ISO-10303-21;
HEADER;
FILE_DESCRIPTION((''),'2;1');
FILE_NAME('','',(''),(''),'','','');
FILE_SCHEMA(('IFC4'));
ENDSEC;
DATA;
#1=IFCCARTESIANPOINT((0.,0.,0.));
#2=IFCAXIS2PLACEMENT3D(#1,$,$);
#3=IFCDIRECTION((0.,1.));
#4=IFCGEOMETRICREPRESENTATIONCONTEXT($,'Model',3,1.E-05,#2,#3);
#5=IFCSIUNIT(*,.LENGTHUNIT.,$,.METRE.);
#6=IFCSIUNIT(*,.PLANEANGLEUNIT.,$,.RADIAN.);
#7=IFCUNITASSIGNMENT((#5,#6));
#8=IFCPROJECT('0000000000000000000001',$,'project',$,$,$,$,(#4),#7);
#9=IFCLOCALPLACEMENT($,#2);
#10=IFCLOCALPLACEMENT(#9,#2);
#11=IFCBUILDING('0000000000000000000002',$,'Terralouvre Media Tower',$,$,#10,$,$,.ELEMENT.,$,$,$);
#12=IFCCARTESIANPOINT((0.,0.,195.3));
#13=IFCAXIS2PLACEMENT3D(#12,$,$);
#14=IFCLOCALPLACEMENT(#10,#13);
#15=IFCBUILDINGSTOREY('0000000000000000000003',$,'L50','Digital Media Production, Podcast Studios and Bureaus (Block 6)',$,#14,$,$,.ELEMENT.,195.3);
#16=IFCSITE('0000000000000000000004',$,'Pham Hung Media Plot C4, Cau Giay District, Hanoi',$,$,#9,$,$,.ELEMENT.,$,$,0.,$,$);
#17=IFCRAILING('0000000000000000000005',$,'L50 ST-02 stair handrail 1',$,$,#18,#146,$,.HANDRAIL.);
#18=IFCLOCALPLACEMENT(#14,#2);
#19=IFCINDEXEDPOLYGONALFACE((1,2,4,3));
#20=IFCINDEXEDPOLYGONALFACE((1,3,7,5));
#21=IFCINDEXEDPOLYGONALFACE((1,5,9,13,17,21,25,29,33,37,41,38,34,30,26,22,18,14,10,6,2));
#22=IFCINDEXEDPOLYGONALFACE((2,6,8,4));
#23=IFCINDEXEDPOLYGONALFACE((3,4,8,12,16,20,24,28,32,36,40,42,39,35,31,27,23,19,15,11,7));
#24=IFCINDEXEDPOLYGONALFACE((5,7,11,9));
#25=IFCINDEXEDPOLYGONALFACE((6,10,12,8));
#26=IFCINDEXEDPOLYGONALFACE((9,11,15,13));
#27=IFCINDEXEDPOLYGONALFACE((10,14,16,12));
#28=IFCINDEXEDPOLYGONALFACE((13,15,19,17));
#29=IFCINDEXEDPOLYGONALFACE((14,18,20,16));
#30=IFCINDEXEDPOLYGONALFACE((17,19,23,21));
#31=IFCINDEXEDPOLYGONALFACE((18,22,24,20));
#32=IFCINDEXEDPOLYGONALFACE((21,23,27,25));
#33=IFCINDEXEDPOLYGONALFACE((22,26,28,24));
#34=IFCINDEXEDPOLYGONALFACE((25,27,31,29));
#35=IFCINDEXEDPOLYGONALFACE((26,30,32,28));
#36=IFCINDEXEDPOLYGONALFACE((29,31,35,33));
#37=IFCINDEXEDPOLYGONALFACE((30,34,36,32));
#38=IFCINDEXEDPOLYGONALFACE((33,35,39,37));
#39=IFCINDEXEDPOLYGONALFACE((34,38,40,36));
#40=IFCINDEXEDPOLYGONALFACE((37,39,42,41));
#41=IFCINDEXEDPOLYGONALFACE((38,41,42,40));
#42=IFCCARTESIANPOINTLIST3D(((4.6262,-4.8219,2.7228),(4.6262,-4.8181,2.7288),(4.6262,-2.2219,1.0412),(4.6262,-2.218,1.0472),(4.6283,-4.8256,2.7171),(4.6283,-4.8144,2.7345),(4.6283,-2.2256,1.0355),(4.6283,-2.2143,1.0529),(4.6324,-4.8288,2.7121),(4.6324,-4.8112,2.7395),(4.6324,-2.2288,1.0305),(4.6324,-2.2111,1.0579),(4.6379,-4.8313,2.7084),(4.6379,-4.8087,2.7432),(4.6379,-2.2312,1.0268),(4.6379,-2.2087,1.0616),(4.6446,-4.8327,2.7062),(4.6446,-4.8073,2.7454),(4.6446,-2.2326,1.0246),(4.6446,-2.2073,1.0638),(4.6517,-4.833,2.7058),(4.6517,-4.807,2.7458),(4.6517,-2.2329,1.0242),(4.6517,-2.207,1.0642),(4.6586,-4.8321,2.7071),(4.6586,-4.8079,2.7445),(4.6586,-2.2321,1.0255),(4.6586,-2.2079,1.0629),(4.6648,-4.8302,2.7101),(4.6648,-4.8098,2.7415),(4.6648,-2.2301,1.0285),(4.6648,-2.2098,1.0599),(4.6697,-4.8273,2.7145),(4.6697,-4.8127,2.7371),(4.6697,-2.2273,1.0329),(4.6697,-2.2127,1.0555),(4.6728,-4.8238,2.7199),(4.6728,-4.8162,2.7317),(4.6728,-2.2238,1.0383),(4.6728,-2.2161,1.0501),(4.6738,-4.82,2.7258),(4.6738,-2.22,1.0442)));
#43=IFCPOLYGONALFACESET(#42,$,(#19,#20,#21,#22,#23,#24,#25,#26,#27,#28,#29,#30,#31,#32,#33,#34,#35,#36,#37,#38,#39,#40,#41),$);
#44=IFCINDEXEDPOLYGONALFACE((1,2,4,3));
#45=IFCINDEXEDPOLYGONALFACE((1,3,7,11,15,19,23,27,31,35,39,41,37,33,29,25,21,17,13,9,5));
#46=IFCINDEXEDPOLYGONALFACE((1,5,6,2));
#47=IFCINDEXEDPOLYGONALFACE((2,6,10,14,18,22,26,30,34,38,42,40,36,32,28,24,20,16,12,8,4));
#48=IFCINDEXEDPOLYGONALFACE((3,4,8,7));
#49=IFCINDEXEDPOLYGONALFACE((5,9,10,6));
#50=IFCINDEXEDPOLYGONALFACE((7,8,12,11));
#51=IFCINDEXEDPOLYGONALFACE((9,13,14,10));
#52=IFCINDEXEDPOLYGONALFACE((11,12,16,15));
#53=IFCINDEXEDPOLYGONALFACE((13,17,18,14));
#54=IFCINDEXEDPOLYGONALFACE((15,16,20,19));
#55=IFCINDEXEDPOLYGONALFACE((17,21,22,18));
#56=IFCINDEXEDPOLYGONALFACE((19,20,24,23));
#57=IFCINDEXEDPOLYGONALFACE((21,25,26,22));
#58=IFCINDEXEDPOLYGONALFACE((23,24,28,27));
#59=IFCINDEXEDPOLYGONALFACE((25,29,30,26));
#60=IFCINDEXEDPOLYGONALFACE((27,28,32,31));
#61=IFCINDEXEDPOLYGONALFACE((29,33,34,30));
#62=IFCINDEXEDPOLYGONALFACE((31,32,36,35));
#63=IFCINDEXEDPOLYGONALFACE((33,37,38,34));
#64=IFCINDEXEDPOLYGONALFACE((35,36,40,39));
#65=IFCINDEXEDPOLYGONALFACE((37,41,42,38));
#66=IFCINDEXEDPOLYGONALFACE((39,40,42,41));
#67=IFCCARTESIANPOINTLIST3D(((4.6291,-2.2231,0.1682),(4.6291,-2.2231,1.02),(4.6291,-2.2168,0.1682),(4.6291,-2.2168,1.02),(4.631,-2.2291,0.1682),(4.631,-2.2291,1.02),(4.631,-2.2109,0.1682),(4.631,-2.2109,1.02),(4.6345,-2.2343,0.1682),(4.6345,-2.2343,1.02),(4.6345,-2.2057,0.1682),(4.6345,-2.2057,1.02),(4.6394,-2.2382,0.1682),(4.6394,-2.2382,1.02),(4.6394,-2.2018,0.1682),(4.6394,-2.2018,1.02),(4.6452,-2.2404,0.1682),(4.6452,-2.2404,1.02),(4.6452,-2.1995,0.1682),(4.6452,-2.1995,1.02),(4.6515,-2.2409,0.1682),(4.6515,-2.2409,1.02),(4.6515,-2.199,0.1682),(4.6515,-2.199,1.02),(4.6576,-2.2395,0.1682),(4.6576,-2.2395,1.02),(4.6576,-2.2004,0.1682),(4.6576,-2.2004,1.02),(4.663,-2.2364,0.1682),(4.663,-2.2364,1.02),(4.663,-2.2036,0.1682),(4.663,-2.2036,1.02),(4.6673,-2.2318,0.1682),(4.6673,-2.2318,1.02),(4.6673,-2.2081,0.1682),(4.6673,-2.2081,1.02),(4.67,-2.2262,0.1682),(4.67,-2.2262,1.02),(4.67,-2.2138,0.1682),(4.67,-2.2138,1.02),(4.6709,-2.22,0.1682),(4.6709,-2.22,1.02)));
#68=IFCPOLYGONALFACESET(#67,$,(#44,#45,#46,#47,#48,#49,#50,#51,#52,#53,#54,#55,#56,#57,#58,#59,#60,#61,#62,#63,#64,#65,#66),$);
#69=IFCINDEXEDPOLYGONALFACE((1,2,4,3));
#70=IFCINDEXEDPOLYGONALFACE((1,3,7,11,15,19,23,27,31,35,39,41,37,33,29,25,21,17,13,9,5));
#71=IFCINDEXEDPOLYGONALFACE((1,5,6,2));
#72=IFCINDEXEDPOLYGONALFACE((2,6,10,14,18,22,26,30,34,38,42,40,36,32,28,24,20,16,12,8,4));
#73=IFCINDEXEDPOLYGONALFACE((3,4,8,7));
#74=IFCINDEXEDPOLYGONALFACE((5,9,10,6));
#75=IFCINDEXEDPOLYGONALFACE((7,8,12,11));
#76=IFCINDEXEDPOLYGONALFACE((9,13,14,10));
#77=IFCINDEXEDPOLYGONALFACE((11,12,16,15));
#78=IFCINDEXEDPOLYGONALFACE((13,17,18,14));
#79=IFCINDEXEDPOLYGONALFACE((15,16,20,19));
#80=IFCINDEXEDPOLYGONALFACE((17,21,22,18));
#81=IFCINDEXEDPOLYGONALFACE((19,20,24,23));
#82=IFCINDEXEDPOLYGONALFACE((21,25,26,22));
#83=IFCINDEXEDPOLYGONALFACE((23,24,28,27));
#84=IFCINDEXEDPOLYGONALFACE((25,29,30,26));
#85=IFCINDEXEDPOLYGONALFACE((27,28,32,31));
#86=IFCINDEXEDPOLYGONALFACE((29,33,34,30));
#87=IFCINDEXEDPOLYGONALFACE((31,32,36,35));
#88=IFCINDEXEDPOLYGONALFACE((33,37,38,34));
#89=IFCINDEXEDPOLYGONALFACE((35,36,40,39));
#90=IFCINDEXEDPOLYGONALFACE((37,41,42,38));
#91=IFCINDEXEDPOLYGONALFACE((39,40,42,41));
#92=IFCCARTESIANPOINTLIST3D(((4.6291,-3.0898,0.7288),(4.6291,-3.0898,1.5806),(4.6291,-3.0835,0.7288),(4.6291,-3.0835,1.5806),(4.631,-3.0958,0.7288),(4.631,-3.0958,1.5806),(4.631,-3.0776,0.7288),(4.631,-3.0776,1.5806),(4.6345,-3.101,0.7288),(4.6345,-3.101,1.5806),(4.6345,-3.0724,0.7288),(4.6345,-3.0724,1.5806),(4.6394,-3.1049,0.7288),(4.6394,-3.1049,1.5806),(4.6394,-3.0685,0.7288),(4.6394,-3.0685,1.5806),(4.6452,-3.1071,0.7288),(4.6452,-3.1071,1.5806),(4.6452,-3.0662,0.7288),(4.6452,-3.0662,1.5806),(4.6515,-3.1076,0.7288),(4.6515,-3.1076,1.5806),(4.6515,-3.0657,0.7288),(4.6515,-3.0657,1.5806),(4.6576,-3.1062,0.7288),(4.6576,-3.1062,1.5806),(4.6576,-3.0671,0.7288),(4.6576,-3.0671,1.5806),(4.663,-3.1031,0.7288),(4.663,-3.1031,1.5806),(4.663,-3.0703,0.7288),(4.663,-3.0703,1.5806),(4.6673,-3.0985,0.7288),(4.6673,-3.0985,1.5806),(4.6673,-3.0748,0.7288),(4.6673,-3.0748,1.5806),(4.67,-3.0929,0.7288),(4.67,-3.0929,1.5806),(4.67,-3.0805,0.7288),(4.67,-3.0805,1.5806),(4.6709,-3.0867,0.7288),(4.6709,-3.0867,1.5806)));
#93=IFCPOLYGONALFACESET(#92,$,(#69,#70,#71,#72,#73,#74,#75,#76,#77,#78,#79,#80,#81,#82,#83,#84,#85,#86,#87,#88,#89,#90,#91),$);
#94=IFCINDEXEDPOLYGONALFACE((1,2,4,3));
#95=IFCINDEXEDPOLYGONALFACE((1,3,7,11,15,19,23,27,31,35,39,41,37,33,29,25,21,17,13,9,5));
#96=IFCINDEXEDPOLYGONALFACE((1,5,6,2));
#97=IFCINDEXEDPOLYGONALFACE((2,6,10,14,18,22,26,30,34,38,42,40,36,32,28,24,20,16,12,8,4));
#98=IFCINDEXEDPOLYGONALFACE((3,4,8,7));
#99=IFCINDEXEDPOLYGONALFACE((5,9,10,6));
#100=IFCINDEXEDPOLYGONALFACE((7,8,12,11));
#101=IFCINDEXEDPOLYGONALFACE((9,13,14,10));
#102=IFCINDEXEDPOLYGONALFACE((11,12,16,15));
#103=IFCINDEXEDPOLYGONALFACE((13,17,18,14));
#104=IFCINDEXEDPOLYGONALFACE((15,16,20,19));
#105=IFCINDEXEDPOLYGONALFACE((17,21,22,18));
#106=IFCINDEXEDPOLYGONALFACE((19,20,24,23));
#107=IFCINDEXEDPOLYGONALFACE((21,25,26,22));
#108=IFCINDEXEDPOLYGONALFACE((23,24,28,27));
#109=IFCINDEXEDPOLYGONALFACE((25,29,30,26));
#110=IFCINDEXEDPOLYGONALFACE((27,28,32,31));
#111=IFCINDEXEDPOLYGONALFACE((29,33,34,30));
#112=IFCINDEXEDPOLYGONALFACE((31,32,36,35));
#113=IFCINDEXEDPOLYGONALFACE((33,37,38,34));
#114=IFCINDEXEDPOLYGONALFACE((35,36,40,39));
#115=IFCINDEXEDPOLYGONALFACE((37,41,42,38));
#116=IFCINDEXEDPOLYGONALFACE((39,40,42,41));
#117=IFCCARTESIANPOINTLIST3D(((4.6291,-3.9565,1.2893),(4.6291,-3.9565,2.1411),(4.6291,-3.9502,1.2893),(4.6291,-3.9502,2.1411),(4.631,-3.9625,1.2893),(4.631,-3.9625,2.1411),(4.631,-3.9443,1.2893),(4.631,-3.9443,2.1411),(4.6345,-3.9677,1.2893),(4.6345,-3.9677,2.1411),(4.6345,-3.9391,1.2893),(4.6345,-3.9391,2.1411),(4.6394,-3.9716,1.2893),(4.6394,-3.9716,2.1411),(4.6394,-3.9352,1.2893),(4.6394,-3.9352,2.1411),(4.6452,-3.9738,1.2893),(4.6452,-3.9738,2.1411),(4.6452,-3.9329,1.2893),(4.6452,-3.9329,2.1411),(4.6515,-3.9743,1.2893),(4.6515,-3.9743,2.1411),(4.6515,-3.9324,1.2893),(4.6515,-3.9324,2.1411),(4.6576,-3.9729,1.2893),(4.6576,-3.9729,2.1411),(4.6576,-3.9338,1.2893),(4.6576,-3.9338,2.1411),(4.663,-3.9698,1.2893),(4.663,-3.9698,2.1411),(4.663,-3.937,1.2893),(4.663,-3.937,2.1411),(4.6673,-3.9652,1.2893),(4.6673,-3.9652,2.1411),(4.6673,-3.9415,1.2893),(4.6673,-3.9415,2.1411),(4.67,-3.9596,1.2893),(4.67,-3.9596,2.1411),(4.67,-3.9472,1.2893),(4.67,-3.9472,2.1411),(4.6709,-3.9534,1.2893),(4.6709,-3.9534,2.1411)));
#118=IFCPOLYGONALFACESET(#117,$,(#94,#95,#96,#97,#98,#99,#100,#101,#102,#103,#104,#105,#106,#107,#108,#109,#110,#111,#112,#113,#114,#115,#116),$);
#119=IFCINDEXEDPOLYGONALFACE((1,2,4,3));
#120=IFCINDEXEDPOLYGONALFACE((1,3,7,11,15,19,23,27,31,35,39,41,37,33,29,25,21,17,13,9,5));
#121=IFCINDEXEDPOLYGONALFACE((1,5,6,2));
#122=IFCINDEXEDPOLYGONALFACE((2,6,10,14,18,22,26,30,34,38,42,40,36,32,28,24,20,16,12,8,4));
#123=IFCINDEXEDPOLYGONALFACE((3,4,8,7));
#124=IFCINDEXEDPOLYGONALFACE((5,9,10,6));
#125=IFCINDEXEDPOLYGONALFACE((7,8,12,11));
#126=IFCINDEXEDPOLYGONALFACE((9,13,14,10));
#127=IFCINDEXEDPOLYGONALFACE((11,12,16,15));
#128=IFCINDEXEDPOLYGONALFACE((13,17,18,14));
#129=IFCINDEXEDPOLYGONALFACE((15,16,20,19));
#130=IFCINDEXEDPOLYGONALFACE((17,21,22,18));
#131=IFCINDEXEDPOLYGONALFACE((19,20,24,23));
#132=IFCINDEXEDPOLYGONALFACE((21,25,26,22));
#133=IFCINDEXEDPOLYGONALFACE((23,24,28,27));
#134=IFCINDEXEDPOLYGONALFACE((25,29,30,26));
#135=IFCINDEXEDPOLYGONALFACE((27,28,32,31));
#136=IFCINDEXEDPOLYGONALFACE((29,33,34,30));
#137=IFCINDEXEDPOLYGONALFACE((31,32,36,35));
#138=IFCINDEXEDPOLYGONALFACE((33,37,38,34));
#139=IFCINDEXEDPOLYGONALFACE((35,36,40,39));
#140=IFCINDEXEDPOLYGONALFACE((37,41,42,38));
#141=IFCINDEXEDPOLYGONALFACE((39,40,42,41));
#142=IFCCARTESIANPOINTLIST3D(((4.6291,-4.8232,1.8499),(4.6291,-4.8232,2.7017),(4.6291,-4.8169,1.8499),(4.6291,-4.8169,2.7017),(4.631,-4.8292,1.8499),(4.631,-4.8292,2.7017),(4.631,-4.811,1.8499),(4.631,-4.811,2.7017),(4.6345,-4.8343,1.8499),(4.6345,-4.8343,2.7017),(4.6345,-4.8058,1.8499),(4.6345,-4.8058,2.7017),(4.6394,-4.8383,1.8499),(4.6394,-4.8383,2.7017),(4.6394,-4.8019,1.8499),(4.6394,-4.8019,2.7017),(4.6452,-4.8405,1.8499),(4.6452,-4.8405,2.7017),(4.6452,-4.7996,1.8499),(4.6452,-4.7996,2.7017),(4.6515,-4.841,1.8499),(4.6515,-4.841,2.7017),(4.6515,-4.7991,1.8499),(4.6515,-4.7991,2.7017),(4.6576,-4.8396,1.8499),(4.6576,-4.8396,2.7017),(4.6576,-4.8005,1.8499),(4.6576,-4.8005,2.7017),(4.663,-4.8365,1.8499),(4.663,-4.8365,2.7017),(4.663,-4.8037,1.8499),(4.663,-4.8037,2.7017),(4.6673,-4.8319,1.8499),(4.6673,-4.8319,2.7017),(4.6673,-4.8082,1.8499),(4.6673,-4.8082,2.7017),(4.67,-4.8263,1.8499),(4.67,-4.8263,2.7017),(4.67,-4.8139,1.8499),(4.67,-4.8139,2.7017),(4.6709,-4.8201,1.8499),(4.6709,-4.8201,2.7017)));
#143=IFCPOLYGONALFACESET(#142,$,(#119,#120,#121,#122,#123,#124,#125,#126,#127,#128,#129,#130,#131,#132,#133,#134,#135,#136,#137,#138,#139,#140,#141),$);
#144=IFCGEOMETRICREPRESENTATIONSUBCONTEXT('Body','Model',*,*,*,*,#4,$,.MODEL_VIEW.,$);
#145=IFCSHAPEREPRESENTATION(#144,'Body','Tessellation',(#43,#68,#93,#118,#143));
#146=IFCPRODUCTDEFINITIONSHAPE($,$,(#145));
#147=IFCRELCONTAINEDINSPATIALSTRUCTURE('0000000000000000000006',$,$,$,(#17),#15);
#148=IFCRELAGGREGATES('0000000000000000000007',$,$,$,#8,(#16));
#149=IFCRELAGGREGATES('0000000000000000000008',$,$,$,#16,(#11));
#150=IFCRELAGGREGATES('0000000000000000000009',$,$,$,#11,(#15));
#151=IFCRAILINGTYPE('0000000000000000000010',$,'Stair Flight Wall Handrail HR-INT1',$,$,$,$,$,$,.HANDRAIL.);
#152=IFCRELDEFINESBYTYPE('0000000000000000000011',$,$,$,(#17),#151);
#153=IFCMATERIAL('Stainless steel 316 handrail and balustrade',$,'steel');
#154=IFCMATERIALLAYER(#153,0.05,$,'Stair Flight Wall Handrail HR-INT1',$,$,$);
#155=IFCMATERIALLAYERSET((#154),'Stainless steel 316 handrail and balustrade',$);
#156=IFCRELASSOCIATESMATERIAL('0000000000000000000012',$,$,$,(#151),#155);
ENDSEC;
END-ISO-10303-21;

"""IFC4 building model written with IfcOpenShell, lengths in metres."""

from ifc_helpers import new_model, si_unit, direction, frame, origin, origin_2d, place, context, subcontext, project, spatial, circle, extrude, material, layer, layer_set, type_object, element, save


model = new_model("IFC4")

# Units and contexts
model_context = context("Model", 3, precision=1e-05, world=origin(), true_north=direction((0.0, 1.0)))
body_context = subcontext(model_context, "Body", "Model", "MODEL_VIEW")
ifc_project = project(units=[si_unit("LENGTHUNIT", "METRE"), si_unit("PLANEANGLEUNIT", "RADIAN")], contexts=[model_context])

# Site, building, storey
site_placement = place(None, origin())
site = spatial("IfcSite", under=ifc_project, at=site_placement, Name="Pham Hung Media Plot C4, Cau Giay District, Hanoi", CompositionType="ELEMENT", RefElevation=0.0)
building_placement = place(site_placement, origin())
building = spatial("IfcBuilding", under=site, at=building_placement, Name="Terralouvre Media Tower", CompositionType="ELEMENT")
storey_placement = place(building_placement, frame((0.0, 0.0, 195.3)))
storey = spatial("IfcBuildingStorey", under=building, at=storey_placement, Name="L50", Description="Digital Media Production, Podcast Studios and Bureaus (Block 6)", CompositionType="ELEMENT", Elevation=195.3)

# Railing
ifc_material_1 = material(Name="Stainless steel 316 handrail and balustrade", Category="steel")
ifc_layer_1 = layer(ifc_material_1, 0.05, Name="Stair Flight Wall Handrail HR-INT1")
ifc_layer_set_1 = layer_set([ifc_layer_1], Name="Stainless steel 316 handrail and balustrade")
railing_type_1 = type_object("IfcRailingType", Name="Stair Flight Wall Handrail HR-INT1", PredefinedType="HANDRAIL", material=ifc_layer_set_1)
railing_1_placement = place(storey_placement, frame((4.6499, -2.22, 0.1682)))
element("IfcRailing", 1, at=railing_1_placement, inside=storey, type_object=railing_type_1, Name="L50 ST-02 stair handrail 1", PredefinedType="HANDRAIL", context=body_context, shape_type="SweptSolid", body=[
    extrude(circle(Radius=0.0239, at=origin_2d()), frame((0.0, 0.0, 0.876), z_axis=(0.0, -0.839684, 0.543075), x_axis=(1.0, 0.0, 0.0)), (0.0, 0.0, 1.0), 3.0964),
    extrude(circle(Radius=0.021, at=origin_2d()), origin(), (0.0, 0.0, 1.0), 0.8518),
    extrude(circle(Radius=0.021, at=origin_2d()), frame((0.0, -0.8667, 0.5605)), (0.0, 0.0, 1.0), 0.8518),
    extrude(circle(Radius=0.021, at=origin_2d()), frame((0.0, -1.7334, 1.1211)), (0.0, 0.0, 1.0), 0.8518),
    extrude(circle(Radius=0.021, at=origin_2d()), frame((0.0, -2.6001, 1.6816)), (0.0, 0.0, 1.0), 0.8518),
])

save(model, "model.ifc")
